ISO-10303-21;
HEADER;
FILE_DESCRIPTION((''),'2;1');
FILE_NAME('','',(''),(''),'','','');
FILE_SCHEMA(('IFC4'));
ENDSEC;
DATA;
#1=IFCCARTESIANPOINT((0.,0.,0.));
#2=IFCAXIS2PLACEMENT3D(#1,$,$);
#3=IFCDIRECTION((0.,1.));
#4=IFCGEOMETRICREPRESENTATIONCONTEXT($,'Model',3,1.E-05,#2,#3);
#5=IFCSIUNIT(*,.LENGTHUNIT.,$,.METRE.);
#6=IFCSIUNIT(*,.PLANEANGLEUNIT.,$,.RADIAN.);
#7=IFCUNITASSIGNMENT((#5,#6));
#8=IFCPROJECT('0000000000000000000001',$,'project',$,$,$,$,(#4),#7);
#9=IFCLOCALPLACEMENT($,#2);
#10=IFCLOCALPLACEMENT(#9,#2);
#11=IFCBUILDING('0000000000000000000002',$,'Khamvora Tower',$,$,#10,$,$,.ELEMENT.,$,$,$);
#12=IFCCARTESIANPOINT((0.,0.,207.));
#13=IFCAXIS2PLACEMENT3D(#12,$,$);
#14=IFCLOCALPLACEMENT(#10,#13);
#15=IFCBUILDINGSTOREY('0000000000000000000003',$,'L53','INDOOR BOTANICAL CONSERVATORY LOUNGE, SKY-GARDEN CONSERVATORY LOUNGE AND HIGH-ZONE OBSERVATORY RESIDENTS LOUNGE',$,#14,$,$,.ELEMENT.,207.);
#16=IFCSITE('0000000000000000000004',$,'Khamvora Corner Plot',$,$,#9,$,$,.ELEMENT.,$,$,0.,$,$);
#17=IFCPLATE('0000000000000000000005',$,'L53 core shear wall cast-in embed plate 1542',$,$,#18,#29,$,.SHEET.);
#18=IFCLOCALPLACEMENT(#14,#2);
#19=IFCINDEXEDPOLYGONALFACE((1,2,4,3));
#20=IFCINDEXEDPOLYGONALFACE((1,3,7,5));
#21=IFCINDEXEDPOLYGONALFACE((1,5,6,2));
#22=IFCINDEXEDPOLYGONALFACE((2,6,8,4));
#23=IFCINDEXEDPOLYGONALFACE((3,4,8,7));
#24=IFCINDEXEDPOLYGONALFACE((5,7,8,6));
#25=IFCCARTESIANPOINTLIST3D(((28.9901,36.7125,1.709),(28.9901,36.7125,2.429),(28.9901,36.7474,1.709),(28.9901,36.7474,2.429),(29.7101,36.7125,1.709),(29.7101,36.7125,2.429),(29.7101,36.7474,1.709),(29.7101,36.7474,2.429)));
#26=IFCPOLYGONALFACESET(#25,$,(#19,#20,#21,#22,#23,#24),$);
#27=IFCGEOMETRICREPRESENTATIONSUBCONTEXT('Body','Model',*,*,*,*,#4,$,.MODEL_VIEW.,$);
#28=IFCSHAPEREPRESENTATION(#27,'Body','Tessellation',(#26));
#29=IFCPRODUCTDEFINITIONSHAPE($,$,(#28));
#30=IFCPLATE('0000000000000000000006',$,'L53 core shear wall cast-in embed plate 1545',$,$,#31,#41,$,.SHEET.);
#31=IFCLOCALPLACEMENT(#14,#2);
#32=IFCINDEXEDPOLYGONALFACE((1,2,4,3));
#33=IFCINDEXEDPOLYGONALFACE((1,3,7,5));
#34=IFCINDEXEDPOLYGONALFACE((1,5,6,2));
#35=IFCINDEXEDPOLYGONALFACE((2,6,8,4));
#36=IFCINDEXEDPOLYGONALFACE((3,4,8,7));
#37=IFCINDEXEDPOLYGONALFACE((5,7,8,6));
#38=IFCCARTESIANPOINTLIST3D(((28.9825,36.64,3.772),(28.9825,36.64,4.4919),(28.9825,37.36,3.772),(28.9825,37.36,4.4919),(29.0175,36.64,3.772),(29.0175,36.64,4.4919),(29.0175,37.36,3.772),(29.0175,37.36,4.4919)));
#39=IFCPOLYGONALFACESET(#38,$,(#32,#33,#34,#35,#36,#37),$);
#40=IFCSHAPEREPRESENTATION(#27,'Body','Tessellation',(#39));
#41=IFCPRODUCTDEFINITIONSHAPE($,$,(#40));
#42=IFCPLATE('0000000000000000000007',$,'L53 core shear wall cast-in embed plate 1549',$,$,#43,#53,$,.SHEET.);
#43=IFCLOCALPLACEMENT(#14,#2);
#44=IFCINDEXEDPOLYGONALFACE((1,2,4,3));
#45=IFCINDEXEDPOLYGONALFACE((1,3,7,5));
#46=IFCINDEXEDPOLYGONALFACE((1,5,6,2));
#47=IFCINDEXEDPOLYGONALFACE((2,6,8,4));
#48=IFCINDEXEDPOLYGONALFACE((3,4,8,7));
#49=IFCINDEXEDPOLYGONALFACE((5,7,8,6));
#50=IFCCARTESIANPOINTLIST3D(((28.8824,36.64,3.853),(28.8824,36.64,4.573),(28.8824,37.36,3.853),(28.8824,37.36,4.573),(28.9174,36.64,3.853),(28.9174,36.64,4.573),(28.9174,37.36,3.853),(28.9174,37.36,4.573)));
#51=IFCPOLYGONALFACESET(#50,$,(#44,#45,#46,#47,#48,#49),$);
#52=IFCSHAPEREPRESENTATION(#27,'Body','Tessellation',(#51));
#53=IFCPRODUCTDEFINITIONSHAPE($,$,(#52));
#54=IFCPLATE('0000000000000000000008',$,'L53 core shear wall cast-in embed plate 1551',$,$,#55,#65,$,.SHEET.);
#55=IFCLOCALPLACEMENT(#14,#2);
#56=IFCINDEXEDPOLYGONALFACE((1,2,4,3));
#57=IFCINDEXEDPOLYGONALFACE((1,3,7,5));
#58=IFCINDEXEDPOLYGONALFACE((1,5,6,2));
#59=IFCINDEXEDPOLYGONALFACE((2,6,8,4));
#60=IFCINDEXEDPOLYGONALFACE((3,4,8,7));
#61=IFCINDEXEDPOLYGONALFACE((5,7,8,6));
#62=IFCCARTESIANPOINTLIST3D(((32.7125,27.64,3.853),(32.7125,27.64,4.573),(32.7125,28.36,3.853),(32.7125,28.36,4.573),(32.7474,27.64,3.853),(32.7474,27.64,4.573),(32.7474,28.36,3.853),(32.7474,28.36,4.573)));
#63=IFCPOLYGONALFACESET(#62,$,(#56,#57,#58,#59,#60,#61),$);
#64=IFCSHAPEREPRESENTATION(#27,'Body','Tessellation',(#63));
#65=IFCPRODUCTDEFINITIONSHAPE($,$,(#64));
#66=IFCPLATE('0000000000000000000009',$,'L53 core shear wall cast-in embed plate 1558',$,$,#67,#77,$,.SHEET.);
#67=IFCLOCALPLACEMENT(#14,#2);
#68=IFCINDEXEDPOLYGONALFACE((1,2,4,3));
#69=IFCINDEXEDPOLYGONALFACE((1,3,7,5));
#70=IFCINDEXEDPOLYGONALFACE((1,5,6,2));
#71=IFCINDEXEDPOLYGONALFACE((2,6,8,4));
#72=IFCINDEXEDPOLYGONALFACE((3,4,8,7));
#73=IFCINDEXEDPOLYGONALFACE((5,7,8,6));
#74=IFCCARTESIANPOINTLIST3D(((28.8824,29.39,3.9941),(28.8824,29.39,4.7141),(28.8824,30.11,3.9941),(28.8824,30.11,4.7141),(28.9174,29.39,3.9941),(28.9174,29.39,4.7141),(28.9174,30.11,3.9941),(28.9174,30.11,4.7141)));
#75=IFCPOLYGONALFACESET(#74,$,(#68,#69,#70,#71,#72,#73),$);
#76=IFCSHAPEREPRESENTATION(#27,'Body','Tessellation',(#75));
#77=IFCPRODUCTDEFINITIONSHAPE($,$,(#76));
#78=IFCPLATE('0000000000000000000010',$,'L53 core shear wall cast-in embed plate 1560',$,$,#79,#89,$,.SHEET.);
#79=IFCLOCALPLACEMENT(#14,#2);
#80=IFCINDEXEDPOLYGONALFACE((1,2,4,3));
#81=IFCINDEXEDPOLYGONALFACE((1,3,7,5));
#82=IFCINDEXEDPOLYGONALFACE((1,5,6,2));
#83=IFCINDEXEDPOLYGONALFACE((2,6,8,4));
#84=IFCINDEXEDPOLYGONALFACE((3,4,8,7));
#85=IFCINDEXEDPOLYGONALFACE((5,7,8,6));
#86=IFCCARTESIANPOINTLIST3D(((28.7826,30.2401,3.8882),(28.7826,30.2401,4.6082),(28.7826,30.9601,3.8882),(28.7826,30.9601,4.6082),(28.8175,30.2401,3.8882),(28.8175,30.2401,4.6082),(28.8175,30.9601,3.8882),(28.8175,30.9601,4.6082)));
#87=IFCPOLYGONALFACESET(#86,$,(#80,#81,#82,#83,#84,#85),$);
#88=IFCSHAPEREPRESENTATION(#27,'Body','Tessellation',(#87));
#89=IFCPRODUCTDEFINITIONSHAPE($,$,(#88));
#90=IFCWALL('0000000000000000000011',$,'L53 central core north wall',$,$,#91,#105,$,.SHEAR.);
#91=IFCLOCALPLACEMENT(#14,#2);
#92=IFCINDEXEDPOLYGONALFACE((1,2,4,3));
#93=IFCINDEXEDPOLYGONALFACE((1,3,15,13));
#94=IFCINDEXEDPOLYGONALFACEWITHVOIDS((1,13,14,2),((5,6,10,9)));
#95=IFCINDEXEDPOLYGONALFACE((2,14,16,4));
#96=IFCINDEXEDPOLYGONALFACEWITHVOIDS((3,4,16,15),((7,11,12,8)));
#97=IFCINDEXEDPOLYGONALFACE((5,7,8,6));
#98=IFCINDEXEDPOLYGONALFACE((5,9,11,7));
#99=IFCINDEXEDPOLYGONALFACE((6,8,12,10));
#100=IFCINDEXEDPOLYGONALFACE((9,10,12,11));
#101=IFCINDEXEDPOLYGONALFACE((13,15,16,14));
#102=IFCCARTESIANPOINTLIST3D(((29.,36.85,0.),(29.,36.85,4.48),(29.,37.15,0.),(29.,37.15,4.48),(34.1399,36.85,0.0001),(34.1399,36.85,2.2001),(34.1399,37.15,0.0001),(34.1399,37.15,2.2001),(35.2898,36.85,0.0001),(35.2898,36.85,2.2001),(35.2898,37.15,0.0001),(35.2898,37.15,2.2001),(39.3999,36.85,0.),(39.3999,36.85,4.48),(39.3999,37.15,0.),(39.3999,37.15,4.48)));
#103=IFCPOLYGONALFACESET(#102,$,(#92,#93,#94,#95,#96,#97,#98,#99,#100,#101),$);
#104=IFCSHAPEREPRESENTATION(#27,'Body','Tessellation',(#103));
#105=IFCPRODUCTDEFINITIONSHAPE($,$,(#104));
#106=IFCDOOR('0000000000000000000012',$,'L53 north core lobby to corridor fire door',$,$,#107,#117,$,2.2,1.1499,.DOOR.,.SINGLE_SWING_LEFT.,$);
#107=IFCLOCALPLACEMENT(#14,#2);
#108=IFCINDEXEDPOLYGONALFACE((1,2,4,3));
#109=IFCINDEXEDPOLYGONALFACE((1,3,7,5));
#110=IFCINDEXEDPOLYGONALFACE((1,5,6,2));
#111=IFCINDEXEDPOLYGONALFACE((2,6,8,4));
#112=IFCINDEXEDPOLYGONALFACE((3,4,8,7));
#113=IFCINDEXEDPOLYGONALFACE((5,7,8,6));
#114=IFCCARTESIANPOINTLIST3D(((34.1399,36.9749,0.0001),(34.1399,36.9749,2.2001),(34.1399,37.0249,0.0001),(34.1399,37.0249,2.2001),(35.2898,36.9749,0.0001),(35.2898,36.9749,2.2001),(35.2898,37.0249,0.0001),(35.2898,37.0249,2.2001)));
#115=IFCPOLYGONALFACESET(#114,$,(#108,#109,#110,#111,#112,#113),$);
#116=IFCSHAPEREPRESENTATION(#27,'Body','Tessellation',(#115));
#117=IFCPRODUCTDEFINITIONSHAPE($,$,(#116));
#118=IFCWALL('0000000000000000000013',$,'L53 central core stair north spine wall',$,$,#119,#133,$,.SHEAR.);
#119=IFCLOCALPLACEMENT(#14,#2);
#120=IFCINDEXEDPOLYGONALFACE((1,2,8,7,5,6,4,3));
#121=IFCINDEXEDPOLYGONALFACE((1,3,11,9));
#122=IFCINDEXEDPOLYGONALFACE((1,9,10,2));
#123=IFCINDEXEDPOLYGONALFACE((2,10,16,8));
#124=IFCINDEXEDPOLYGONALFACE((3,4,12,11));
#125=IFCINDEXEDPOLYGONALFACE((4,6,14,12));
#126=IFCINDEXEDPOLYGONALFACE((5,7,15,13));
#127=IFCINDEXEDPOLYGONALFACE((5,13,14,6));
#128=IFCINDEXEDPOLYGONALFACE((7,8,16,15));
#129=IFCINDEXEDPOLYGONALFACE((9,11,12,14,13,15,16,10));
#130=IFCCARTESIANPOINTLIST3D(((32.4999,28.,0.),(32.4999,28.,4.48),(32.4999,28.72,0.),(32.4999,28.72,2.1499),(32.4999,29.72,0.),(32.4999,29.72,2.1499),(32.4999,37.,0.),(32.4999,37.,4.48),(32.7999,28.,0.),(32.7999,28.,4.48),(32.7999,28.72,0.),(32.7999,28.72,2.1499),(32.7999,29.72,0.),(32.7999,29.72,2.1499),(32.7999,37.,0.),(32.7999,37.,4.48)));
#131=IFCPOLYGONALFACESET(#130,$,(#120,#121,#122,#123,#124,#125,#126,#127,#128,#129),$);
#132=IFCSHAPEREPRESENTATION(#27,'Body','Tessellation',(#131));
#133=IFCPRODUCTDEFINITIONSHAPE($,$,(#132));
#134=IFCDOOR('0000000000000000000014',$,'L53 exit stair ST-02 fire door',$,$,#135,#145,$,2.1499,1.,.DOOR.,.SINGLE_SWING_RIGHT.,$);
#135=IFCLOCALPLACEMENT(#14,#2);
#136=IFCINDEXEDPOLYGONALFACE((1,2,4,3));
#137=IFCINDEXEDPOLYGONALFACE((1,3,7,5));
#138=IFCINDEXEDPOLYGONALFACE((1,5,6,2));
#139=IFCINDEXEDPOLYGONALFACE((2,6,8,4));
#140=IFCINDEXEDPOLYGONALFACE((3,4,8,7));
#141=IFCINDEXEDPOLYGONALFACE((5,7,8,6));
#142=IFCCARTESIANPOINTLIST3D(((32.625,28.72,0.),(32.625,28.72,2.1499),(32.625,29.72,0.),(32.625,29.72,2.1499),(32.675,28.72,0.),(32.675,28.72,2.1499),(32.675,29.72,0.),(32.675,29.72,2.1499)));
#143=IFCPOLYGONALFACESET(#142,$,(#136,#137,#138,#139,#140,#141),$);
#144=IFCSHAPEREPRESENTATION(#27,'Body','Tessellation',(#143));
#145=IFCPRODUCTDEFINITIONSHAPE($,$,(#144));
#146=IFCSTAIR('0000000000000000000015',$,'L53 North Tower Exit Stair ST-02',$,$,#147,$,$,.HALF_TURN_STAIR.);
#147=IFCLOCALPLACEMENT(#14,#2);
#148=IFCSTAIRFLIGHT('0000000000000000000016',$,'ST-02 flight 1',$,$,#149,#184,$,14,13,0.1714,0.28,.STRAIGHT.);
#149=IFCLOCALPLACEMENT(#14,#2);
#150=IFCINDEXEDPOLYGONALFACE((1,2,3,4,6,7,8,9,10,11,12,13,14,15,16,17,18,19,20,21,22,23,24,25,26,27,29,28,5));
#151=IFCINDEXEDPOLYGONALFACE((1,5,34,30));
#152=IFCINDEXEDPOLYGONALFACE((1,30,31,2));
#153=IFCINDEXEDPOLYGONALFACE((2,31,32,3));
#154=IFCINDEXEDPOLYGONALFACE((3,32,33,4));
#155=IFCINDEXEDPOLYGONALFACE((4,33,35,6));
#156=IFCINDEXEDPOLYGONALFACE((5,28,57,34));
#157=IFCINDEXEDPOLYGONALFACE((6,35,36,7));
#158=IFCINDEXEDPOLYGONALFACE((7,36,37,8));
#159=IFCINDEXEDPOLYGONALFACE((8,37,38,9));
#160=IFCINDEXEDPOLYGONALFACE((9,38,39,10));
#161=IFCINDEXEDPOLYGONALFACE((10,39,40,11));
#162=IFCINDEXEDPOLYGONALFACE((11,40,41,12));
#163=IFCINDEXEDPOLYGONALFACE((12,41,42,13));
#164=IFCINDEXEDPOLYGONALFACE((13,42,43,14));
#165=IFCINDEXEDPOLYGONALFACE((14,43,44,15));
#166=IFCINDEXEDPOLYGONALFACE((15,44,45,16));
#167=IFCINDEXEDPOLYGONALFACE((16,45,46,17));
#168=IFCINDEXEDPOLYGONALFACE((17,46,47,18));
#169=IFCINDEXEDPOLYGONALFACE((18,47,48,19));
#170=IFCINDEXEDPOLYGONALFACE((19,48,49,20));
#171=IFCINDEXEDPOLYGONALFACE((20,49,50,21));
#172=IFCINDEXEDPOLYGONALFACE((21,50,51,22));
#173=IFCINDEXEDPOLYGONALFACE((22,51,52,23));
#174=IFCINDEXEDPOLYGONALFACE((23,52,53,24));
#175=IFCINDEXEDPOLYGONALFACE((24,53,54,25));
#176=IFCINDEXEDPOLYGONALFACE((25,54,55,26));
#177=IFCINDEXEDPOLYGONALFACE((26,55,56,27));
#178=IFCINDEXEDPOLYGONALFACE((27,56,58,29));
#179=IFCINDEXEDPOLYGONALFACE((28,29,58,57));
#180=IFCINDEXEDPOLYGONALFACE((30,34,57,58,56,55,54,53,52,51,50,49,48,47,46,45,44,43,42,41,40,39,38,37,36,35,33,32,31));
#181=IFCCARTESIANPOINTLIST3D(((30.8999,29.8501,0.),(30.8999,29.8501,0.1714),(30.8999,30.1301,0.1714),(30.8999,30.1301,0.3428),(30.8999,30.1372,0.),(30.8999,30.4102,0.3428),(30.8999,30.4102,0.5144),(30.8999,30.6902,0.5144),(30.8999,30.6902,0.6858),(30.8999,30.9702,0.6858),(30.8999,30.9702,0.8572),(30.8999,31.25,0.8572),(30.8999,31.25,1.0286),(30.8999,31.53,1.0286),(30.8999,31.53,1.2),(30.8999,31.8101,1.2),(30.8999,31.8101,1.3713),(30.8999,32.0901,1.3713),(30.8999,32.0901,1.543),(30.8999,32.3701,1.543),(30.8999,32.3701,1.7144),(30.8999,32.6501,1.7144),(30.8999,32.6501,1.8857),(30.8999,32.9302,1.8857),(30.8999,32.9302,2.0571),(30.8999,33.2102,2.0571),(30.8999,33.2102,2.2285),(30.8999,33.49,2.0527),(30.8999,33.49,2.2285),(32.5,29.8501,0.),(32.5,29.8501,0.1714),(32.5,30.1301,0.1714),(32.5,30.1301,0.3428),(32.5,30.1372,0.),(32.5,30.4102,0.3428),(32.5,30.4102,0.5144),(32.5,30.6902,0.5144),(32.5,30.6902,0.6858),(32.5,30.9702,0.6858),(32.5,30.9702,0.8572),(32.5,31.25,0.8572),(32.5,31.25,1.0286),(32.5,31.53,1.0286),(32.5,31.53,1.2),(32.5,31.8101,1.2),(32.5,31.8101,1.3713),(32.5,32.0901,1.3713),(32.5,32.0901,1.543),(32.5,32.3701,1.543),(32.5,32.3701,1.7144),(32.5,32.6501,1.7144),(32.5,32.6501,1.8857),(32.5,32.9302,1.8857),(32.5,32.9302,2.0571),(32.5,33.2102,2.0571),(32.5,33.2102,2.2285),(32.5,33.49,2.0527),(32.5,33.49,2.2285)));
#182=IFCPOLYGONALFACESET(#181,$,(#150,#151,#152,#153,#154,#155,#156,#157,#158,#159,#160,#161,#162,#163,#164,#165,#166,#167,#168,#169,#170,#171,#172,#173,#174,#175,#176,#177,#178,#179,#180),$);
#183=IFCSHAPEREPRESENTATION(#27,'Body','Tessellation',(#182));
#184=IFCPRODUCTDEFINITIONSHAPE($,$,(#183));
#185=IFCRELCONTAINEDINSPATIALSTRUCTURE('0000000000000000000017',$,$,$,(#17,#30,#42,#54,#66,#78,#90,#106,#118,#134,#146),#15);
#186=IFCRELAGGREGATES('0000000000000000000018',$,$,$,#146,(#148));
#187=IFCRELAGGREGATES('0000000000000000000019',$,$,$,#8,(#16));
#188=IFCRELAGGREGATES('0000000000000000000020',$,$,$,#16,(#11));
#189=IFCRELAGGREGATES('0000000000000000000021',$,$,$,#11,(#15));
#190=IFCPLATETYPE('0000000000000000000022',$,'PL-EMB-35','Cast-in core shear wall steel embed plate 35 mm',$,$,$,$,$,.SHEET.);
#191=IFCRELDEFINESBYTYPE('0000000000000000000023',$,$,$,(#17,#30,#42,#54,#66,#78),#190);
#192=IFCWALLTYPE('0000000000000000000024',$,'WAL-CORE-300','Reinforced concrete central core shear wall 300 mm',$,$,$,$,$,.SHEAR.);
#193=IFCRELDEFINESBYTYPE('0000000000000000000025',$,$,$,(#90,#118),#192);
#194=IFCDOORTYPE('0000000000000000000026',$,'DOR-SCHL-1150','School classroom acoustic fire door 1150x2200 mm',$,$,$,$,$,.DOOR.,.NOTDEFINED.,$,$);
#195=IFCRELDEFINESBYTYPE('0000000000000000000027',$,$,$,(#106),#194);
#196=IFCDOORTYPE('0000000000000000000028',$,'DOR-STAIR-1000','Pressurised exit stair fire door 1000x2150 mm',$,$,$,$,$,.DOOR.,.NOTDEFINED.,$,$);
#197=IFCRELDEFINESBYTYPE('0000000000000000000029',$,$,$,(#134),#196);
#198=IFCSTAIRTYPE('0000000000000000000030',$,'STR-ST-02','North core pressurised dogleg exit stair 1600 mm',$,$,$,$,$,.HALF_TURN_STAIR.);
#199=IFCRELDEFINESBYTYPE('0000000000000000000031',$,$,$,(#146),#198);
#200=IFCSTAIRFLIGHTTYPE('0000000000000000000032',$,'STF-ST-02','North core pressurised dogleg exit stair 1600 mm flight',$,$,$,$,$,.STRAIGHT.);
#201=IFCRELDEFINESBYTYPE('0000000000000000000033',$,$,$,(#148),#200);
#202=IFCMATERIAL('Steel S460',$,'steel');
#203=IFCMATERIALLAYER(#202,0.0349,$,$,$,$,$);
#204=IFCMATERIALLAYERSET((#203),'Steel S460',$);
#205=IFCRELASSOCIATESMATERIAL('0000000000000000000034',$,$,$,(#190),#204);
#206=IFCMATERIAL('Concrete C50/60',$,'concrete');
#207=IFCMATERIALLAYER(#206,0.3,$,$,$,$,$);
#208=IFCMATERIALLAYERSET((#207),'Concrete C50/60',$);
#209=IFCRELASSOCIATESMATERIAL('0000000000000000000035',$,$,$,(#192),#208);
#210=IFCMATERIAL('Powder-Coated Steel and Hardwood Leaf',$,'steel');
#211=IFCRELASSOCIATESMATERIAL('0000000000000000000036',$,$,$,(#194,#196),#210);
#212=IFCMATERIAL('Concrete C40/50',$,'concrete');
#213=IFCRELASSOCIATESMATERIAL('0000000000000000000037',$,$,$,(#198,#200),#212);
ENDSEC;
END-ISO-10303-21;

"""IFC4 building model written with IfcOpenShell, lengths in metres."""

from ifc_helpers import new_model, si_unit, direction, frame, frame_2d, origin, origin_2d, place, context, subcontext, project, spatial, polyline, rectangle, outline, extrude, material, layer, layer_set, type_object, element, fill, aggregate, save


model = new_model("IFC4")

# Units and contexts
model_context = context("Model", 3, precision=1e-05, world=origin(), true_north=direction((0.0, 1.0)))
body_context = subcontext(model_context, "Body", "Model", "MODEL_VIEW")
ifc_project = project(units=[si_unit("LENGTHUNIT", "METRE"), si_unit("PLANEANGLEUNIT", "RADIAN")], contexts=[model_context])

# Site, building, storey
site_placement = place(None, origin())
site = spatial("IfcSite", under=ifc_project, at=site_placement, Name="Khamvora Corner Plot", CompositionType="ELEMENT", RefElevation=0.0)
building_placement = place(site_placement, origin())
building = spatial("IfcBuilding", under=site, at=building_placement, Name="Khamvora Tower", CompositionType="ELEMENT")
storey_placement = place(building_placement, frame((0.0, 0.0, 207.0)))
storey = spatial("IfcBuildingStorey", under=building, at=storey_placement, Name="L53", Description="INDOOR BOTANICAL CONSERVATORY LOUNGE, SKY-GARDEN CONSERVATORY LOUNGE AND HIGH-ZONE OBSERVATORY RESIDENTS LOUNGE", CompositionType="ELEMENT", Elevation=207.0)

# Shared definitions
ifc_material_1 = material(Name="Steel S460", Category="steel")

# Plates
ifc_layer_1 = layer(ifc_material_1, 0.0349)
ifc_layer_set_1 = layer_set([ifc_layer_1], Name="Steel S460")
plate_type_1 = type_object("IfcPlateType", Name="PL-EMB-35", Description="Cast-in core shear wall steel embed plate 35 mm", PredefinedType="SHEET", material=ifc_layer_set_1)
plate_1_placement = place(storey_placement, frame((29.3501, 36.73, 1.709), z_axis=(0.0, 0.0, 1.0), x_axis=(1.0, 0.0, 0.0)))
element("IfcPlate", 1, at=plate_1_placement, inside=storey, type_object=plate_type_1, Name="L53 core shear wall cast-in embed plate 1542", PredefinedType="SHEET", context=body_context, shape_type="SweptSolid", body=[
    extrude(rectangle(XDim=0.72, YDim=0.0349, at=origin_2d()), origin(), (0.0, 0.0, 1.0), 0.72),
])
for number, where, z_axis, x_axis, name in (
    (2, (29.0, 37.0, 3.772), (0.0, 0.0, 1.0), (1.0, 0.0, 0.0), "L53 core shear wall cast-in embed plate 1545"),
    (3, (28.8999, 37.0, 3.853), (0.0, 0.0, 1.0), (1.0, 0.0, 0.0), "L53 core shear wall cast-in embed plate 1549"),
    (4, (32.73, 28.0, 3.853), (0.0, 0.0, 1.0), (1.0, 0.0, 0.0), "L53 core shear wall cast-in embed plate 1551"),
    (5, (28.8999, 29.75, 3.9941), (0.0, 0.0, 1.0), (1.0, 0.0, 0.0), "L53 core shear wall cast-in embed plate 1558"),
    (6, (28.8, 30.6001, 3.8882), (0.0, 0.0, 1.0), (1.0, 0.0, 0.0), "L53 core shear wall cast-in embed plate 1560"),
):
    element("IfcPlate", number, at=place(storey_placement, frame(where, z_axis=z_axis, x_axis=x_axis)), inside=storey, type_object=plate_type_1, Name=name, PredefinedType="SHEET", context=body_context, shape_type="SweptSolid", body=[
        extrude(rectangle(XDim=0.0349, YDim=0.72, at=origin_2d()), origin(), (0.0, 0.0, 1.0), 0.72),
    ])

# Walls, openings, doors
ifc_material_2 = material(Name="Concrete C50/60", Category="concrete")
ifc_layer_2 = layer(ifc_material_2, 0.3)
ifc_layer_set_2 = layer_set([ifc_layer_2], Name="Concrete C50/60")
wall_type = type_object("IfcWallType", Name="WAL-CORE-300", Description="Reinforced concrete central core shear wall 300 mm", PredefinedType="SHEAR", material=ifc_layer_set_2)
wall_1_placement = place(storey_placement, frame((29.0, 37.0, 0.0), z_axis=(0.0, 0.0, 1.0), x_axis=(1.0, 0.0, 0.0)))
wall_1 = element("IfcWall", 7, at=wall_1_placement, inside=storey, type_object=wall_type, Name="L53 central core north wall", PredefinedType="SHEAR", context=body_context, shape_type="SweptSolid", body=[
    extrude(rectangle(XDim=10.3999, YDim=0.3, at=frame_2d((5.2, 0.0))), origin(), (0.0, 0.0, 1.0), 4.48),
])
opening_1_placement = place(wall_1_placement, frame((5.1399, 0.0, 0.0)))
opening_1 = element("IfcOpeningElement", 8, at=opening_1_placement, cuts=wall_1, PredefinedType="OPENING", context=body_context, shape_type="SweptSolid", body=[
    extrude(rectangle(XDim=1.1499, YDim=2.2, at=frame_2d((0.575, 1.1001))), frame((0.0, 0.1599, 0.0), z_axis=(0.0, -1.0, 0.0), x_axis=(1.0, 0.0, 0.0)), (0.0, 0.0, 1.0), 0.3201),
])
ifc_material_3 = material(Name="Powder-Coated Steel and Hardwood Leaf", Category="steel")
door_type_1 = type_object("IfcDoorType", Name="DOR-SCHL-1150", Description="School classroom acoustic fire door 1150x2200 mm", OperationType="NOTDEFINED", PredefinedType="DOOR", material=ifc_material_3)
door_1_placement = place(opening_1_placement, origin())
door_1 = element("IfcDoor", 9, at=door_1_placement, inside=storey, type_object=door_type_1, Name="L53 north core lobby to corridor fire door", OperationType="SINGLE_SWING_LEFT", OverallHeight=2.2, OverallWidth=1.1499, PredefinedType="DOOR", context=body_context, shape_type="SweptSolid", body=[
    extrude(rectangle(XDim=1.1499, YDim=2.2, at=frame_2d((0.575, 1.1001))), frame((0.0, 0.0249, 0.0), z_axis=(0.0, -1.0, 0.0), x_axis=(1.0, 0.0, 0.0)), (0.0, 0.0, 1.0), 0.05),
])
fill(opening_1, door_1)
wall_2_placement = place(storey_placement, frame((32.6499, 28.0, 0.0), z_axis=(0.0, 0.0, 1.0), x_axis=(0.0, 1.0, 0.0)))
wall_2 = element("IfcWall", 10, at=wall_2_placement, inside=storey, type_object=wall_type, Name="L53 central core stair north spine wall", PredefinedType="SHEAR", context=body_context, shape_type="SweptSolid", body=[
    extrude(rectangle(XDim=9.0, YDim=0.3, at=frame_2d((4.5, 0.0))), origin(), (0.0, 0.0, 1.0), 4.48),
])
opening_2_placement = place(wall_2_placement, frame((0.72, 0.0, 0.0)))
opening_2 = element("IfcOpeningElement", 11, at=opening_2_placement, cuts=wall_2, PredefinedType="OPENING", context=body_context, shape_type="SweptSolid", body=[
    extrude(rectangle(XDim=1.0, YDim=2.1499, at=frame_2d((0.5, 1.075))), frame((0.0, 0.1599, 0.0), z_axis=(0.0, -1.0, 0.0), x_axis=(1.0, 0.0, 0.0)), (0.0, 0.0, 1.0), 0.3201),
])
door_type_2 = type_object("IfcDoorType", Name="DOR-STAIR-1000", Description="Pressurised exit stair fire door 1000x2150 mm", OperationType="NOTDEFINED", PredefinedType="DOOR", material=ifc_material_3)
door_2_placement = place(opening_2_placement, origin())
door_2 = element("IfcDoor", 12, at=door_2_placement, inside=storey, type_object=door_type_2, Name="L53 exit stair ST-02 fire door", OperationType="SINGLE_SWING_RIGHT", OverallHeight=2.1499, OverallWidth=1.0, PredefinedType="DOOR", context=body_context, shape_type="SweptSolid", body=[
    extrude(rectangle(XDim=1.0, YDim=2.1499, at=frame_2d((0.5, 1.075))), frame((0.0, 0.0249, 0.0), z_axis=(0.0, -1.0, 0.0), x_axis=(1.0, 0.0, 0.0)), (0.0, 0.0, 1.0), 0.05),
])
fill(opening_2, door_2)

# Stair, stair flight
ifc_material_4 = material(Name="Concrete C40/50", Category="concrete")
stair_type = type_object("IfcStairType", Name="STR-ST-02", Description="North core pressurised dogleg exit stair 1600 mm", PredefinedType="HALF_TURN_STAIR", material=ifc_material_4)
stair_placement = place(storey_placement, origin())
stair = element("IfcStair", 13, at=stair_placement, inside=storey, type_object=stair_type, Name="L53 North Tower Exit Stair ST-02", PredefinedType="HALF_TURN_STAIR")
stair_flight_type = type_object("IfcStairFlightType", Name="STF-ST-02", Description="North core pressurised dogleg exit stair 1600 mm flight", PredefinedType="STRAIGHT", material=ifc_material_4)
stair_flight_1_placement = place(storey_placement, frame((31.7, 29.8501, 0.0), z_axis=(0.0, 0.0, 1.0), x_axis=(0.0, 1.0, 0.0)))
stair_flight_1 = element("IfcStairFlight", 14, at=stair_flight_1_placement, type_object=stair_flight_type, Name="ST-02 flight 1", NumberOfRisers=14, NumberOfTreads=13, PredefinedType="STRAIGHT", RiserHeight=0.1714, TreadLength=0.28, context=body_context, shape_type="SweptSolid", body=[
    extrude(outline(polyline([(0.0, 0.0), (0.0, 0.1714), (0.28, 0.1714), (0.28, 0.3428), (0.5601, 0.3428), (0.5601, 0.5144), (0.8401, 0.5144), (0.8401, 0.6858), (1.1201, 0.6858), (1.1201, 0.8572), (1.3999, 0.8572), (1.3999, 1.0286), (1.6799, 1.0286), (1.6799, 1.2), (1.96, 1.2), (1.96, 1.3713), (2.24, 1.3713), (2.24, 1.543), (2.52, 1.543), (2.52, 1.7144), (2.8, 1.7144), (2.8, 1.8857), (3.0801, 1.8857), (3.0801, 2.0571), (3.3601, 2.0571), (3.3601, 2.2285), (3.6399, 2.2285), (3.6399, 2.3999), (3.6399, 2.0527), (0.2871, 0.0), (0.0, 0.0)])), frame((0.0, 0.8, 0.0), z_axis=(0.0, -1.0, 0.0), x_axis=(1.0, 0.0, 0.0)), (0.0, 0.0, 1.0), 1.6001),
])
aggregate(stair, [stair_flight_1])

save(model, "model.ifc")
